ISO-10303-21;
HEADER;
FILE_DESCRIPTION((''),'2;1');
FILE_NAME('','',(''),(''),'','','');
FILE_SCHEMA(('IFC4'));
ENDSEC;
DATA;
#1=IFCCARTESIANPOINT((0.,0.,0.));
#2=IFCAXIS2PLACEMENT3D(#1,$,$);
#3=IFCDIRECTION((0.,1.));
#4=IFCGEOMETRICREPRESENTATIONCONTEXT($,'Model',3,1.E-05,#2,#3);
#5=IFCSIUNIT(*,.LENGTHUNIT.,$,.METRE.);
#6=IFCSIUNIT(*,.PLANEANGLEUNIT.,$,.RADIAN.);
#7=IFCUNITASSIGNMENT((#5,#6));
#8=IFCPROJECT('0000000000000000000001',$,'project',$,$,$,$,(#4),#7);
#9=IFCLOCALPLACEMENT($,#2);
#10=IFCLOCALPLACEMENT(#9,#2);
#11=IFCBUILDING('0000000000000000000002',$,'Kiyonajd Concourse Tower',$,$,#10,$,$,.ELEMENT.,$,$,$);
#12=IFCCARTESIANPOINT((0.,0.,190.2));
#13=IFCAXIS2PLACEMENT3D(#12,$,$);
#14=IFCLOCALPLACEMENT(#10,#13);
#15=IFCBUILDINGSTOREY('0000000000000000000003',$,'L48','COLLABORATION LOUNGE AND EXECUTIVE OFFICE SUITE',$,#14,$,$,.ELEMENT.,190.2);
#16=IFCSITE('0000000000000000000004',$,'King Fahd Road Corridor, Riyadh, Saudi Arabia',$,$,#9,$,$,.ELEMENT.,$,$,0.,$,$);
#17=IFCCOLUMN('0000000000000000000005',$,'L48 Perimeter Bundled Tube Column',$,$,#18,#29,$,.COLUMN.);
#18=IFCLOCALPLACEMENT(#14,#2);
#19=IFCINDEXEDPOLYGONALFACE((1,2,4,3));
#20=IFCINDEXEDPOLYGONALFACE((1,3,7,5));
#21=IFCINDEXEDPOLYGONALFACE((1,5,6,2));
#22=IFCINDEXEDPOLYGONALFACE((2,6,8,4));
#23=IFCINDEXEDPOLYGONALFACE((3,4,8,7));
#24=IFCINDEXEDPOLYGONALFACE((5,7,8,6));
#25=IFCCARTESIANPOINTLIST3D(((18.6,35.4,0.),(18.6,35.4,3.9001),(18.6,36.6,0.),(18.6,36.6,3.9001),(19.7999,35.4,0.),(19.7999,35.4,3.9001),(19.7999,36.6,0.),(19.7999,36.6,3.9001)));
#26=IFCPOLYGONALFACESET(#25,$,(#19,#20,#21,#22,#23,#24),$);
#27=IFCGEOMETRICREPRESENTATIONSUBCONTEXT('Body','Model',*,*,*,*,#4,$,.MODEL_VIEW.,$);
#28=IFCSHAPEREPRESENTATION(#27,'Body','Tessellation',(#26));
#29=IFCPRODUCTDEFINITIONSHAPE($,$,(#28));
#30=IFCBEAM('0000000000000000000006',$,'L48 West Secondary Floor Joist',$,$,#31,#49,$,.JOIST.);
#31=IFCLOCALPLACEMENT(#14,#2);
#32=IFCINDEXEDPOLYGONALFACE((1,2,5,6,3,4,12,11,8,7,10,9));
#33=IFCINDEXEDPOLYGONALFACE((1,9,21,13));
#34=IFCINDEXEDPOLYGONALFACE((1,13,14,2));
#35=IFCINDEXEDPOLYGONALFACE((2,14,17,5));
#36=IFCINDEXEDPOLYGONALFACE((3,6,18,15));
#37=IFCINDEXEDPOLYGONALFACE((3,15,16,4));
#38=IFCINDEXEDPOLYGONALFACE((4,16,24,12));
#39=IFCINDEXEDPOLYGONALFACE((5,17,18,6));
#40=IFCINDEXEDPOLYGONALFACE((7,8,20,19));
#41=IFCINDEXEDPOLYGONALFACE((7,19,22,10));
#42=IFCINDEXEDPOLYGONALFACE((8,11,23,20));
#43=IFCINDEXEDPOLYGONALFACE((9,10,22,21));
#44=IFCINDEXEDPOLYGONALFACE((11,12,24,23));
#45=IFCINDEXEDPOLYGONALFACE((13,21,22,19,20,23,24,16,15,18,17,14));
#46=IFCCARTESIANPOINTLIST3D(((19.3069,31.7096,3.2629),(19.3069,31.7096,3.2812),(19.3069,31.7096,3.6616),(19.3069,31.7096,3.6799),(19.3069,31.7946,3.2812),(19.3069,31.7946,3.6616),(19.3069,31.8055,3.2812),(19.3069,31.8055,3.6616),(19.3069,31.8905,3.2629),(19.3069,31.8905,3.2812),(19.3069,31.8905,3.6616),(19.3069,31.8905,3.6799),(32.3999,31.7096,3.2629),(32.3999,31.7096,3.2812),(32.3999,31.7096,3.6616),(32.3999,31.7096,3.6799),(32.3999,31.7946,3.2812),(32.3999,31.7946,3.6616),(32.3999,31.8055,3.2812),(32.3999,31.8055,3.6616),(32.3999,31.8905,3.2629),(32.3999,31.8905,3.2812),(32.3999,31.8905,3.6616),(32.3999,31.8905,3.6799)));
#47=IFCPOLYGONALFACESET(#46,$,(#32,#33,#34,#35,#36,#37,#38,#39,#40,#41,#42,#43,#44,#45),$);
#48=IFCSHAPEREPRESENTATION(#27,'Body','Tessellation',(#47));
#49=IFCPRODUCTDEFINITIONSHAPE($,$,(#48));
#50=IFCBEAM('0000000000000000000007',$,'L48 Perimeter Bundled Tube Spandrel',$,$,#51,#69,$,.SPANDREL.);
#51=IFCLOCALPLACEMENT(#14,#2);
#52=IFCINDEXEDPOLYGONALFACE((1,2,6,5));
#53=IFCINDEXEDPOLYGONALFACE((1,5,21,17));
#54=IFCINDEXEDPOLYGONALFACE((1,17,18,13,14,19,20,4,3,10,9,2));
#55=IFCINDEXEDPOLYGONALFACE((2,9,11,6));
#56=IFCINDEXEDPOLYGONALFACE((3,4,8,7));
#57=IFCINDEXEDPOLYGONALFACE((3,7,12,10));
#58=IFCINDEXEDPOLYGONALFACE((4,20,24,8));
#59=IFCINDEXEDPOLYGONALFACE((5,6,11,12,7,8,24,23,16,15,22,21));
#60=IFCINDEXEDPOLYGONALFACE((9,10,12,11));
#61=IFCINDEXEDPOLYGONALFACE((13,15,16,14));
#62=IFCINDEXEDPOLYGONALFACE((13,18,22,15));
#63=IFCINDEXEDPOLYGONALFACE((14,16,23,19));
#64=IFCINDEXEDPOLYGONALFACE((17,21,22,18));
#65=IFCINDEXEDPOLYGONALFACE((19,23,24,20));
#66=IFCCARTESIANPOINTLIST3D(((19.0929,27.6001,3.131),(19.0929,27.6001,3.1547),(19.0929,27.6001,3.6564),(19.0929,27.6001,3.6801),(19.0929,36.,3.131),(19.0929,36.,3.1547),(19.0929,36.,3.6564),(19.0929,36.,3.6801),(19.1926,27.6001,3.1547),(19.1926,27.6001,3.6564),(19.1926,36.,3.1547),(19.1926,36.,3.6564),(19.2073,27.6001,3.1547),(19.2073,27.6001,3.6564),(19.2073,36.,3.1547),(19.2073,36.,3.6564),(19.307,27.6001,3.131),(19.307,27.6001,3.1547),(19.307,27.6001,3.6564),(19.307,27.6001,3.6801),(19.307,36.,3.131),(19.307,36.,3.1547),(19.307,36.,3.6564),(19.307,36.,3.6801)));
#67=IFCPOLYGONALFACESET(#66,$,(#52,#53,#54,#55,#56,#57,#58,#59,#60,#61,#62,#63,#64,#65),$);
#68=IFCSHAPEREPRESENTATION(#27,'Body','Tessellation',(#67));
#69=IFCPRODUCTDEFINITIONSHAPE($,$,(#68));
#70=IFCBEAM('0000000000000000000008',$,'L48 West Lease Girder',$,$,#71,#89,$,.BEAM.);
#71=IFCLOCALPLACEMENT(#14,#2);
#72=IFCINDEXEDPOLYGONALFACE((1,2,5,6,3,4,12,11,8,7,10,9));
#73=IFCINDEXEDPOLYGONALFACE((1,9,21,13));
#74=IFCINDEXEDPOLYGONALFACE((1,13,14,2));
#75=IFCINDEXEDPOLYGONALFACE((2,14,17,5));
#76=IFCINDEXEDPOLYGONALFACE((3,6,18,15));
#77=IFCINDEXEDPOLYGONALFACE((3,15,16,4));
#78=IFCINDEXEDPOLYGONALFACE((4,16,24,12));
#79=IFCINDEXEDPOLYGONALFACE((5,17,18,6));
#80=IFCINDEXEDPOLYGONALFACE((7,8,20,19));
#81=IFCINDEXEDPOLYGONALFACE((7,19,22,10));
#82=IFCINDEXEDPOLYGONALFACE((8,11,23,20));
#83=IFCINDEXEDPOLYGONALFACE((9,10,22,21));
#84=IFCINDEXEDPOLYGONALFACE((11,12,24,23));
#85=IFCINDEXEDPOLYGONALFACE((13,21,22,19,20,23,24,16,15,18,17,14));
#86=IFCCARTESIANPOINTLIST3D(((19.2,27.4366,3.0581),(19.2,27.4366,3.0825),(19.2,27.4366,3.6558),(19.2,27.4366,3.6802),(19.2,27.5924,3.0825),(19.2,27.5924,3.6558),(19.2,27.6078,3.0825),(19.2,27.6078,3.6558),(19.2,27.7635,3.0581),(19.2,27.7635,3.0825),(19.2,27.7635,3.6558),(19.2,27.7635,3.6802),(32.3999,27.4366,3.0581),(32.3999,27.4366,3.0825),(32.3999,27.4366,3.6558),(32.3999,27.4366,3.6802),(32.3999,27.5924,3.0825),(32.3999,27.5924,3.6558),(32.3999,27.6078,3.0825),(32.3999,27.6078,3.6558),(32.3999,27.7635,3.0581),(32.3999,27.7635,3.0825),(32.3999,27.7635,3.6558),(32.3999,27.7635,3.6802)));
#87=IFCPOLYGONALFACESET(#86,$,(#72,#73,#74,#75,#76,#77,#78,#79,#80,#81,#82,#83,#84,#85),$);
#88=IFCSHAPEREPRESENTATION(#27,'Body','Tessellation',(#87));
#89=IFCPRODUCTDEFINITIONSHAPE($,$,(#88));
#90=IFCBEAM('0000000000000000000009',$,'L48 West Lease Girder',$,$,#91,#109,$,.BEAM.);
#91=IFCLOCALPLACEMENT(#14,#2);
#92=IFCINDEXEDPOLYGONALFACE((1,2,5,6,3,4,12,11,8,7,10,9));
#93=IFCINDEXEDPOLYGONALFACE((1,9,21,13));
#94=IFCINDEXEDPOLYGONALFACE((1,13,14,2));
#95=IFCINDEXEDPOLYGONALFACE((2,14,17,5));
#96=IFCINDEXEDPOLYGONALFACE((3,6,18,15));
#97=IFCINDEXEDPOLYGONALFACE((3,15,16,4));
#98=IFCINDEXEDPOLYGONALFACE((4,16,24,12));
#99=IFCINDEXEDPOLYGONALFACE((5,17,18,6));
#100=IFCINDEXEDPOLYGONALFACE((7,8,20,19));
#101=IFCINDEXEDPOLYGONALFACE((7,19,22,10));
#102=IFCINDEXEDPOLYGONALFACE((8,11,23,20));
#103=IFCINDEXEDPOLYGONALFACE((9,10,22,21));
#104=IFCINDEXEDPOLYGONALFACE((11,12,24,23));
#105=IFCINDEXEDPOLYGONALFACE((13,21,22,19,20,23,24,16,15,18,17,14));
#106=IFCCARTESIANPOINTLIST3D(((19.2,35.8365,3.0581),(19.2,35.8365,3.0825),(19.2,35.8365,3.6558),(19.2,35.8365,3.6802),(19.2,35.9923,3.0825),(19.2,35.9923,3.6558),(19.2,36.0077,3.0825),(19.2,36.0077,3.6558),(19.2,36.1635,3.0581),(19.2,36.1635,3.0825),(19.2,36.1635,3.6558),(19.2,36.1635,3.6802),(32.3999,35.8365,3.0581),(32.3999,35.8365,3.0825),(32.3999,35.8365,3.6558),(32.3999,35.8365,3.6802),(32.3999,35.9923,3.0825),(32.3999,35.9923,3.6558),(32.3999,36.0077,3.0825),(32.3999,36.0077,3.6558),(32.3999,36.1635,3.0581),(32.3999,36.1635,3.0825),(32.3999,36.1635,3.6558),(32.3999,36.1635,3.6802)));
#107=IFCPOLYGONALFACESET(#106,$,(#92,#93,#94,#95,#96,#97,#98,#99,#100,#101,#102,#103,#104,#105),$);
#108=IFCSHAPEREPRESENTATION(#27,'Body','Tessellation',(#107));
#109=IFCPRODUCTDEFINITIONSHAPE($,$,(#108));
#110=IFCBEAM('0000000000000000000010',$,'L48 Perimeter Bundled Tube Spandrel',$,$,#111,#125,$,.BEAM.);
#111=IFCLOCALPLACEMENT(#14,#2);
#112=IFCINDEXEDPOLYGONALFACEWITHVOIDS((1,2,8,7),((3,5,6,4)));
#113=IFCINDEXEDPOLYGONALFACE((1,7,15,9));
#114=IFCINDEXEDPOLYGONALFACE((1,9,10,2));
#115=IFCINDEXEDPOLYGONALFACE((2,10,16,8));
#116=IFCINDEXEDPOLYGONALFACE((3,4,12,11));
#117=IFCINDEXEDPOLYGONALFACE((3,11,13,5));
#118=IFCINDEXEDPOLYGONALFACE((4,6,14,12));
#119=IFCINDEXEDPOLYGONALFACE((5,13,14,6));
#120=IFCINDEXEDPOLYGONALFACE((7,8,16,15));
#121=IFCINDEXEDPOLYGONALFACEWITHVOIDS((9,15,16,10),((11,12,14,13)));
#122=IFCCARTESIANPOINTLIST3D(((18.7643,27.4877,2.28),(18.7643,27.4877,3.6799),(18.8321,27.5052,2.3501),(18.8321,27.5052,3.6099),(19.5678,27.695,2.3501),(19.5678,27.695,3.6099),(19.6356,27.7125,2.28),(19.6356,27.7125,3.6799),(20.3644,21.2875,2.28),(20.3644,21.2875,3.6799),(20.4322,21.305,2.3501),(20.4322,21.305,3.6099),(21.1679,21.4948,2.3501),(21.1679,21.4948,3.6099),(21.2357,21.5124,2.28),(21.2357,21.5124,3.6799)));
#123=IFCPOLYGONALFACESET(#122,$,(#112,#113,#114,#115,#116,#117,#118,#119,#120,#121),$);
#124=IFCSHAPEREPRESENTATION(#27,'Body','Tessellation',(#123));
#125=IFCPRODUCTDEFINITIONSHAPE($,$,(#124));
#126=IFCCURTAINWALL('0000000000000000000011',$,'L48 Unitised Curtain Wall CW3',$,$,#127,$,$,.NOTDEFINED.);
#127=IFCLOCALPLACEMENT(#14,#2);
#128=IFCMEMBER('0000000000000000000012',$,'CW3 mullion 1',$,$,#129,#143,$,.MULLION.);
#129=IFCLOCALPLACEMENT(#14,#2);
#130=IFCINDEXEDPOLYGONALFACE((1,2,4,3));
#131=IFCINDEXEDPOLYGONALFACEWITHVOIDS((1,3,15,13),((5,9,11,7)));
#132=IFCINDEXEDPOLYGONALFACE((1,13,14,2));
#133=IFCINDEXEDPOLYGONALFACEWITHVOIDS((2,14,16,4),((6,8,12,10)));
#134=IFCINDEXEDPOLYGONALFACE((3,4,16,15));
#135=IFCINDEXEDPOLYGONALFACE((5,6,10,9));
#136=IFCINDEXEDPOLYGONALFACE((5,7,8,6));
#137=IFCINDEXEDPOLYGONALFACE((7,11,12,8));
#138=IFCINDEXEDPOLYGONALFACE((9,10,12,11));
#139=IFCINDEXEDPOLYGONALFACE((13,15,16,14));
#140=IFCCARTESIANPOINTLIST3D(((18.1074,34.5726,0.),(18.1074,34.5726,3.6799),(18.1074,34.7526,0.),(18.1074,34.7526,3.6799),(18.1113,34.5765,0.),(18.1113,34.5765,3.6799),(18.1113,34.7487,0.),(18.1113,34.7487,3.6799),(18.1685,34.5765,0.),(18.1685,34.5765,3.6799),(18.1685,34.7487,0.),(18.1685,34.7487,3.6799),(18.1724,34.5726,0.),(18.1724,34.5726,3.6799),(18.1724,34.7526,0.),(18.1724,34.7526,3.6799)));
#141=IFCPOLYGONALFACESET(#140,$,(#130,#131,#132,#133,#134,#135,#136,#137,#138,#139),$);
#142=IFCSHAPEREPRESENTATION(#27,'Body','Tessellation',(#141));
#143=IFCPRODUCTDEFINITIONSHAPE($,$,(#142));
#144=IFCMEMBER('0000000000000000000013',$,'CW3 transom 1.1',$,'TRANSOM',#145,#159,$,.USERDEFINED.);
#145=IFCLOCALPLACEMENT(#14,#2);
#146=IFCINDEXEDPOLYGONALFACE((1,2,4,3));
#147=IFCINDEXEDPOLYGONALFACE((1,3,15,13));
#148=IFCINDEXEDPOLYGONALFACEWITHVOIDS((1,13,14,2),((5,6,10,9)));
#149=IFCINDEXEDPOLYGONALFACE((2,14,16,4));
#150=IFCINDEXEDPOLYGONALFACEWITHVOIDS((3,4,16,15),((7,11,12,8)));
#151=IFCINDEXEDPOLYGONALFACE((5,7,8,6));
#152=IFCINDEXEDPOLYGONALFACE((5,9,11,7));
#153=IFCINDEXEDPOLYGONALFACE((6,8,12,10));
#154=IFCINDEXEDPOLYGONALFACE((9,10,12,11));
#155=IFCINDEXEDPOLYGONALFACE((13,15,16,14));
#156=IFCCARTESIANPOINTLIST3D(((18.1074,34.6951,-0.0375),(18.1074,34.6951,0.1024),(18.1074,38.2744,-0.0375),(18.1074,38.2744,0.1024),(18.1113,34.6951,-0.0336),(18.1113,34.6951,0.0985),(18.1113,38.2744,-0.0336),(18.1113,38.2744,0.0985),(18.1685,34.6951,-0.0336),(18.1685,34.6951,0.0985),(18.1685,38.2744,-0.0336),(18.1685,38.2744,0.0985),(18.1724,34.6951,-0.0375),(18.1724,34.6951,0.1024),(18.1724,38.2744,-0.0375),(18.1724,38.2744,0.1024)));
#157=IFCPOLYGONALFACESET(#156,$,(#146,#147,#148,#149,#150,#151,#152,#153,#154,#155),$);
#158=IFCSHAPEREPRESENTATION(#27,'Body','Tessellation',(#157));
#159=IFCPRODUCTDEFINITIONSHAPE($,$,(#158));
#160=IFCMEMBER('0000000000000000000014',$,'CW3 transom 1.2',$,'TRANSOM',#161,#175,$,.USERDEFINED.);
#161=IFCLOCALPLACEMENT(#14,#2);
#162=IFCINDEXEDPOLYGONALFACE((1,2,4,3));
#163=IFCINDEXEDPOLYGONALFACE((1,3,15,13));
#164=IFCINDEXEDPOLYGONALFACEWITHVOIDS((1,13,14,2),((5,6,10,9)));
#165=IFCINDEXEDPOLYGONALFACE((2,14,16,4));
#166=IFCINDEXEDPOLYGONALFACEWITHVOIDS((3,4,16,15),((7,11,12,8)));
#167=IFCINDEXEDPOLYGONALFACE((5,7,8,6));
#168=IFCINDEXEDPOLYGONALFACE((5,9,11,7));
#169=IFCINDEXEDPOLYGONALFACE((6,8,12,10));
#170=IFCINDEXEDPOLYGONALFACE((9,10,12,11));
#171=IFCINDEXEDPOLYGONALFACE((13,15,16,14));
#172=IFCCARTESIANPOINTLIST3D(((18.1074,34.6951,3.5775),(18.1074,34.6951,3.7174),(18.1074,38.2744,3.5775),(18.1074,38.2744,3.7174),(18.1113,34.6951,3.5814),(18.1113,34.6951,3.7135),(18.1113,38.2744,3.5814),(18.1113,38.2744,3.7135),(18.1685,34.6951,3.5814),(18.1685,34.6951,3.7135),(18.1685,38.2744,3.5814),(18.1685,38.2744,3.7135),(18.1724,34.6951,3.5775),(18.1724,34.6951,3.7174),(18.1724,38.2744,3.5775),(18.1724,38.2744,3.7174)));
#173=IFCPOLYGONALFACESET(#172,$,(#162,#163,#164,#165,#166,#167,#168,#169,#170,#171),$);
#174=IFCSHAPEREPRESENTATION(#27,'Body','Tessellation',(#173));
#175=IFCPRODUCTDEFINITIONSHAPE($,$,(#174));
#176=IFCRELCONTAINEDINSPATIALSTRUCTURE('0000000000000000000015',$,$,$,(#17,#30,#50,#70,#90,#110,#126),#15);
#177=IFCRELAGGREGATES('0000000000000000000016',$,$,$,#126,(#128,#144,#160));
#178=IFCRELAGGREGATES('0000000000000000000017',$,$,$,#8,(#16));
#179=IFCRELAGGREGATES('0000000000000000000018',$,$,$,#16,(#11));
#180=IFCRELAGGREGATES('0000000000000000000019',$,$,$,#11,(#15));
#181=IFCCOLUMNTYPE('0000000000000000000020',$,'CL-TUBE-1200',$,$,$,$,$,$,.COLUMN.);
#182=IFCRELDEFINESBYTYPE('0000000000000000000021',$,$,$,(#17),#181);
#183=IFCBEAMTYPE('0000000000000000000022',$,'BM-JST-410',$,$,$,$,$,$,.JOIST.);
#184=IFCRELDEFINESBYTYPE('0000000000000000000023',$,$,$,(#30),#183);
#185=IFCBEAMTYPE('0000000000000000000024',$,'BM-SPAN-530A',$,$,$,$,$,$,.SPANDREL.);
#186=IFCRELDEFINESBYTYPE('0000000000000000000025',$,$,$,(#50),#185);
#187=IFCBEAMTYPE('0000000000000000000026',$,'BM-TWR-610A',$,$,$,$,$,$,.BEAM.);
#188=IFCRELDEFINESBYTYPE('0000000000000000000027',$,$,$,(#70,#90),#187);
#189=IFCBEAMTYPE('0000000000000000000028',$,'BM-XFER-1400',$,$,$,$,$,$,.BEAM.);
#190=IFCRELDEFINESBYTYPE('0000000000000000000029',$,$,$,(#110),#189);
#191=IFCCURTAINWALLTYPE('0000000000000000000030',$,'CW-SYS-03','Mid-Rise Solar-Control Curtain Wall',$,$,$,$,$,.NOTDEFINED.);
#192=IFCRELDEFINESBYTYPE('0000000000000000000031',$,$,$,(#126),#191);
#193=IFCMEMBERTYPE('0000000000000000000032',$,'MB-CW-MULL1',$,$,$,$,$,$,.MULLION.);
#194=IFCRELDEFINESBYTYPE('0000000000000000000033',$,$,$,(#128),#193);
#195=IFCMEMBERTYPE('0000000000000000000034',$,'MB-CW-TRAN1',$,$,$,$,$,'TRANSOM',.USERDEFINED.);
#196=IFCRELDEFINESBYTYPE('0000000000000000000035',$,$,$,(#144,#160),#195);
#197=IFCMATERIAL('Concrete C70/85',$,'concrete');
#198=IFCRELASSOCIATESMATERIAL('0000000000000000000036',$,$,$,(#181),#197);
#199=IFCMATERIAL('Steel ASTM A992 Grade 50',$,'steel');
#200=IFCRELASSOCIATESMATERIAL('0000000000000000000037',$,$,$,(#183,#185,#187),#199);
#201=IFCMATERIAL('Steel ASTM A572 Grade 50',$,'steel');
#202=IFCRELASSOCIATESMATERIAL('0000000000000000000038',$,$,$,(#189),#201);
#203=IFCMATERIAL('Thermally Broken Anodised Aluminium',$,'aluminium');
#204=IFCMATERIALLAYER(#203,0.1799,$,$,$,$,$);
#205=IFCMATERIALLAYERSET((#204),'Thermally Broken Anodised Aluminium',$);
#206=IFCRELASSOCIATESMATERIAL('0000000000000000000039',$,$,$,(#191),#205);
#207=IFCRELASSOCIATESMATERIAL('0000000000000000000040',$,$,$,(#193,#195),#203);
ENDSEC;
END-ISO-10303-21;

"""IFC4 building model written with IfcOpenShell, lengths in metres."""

from ifc_helpers import new_model, si_unit, direction, frame, origin, origin_2d, place, context, subcontext, project, spatial, rectangle, hollow_rectangle, i_section, extrude, material, layer, layer_set, material_profile, profile_set, type_object, element, aggregate, save


model = new_model("IFC4")

# Units and contexts
model_context = context("Model", 3, precision=1e-05, world=origin(), true_north=direction((0.0, 1.0)))
body_context = subcontext(model_context, "Body", "Model", "MODEL_VIEW")
ifc_project = project(units=[si_unit("LENGTHUNIT", "METRE"), si_unit("PLANEANGLEUNIT", "RADIAN")], contexts=[model_context])

# Site, building, storey
site_placement = place(None, origin())
site = spatial("IfcSite", under=ifc_project, at=site_placement, Name="King Fahd Road Corridor, Riyadh, Saudi Arabia", CompositionType="ELEMENT", RefElevation=0.0)
building_placement = place(site_placement, origin())
building = spatial("IfcBuilding", under=site, at=building_placement, Name="Kiyonajd Concourse Tower", CompositionType="ELEMENT")
storey_placement = place(building_placement, frame((0.0, 0.0, 190.2)))
storey = spatial("IfcBuildingStorey", under=building, at=storey_placement, Name="L48", Description="COLLABORATION LOUNGE AND EXECUTIVE OFFICE SUITE", CompositionType="ELEMENT", Elevation=190.2)

# Column
ifc_material_1 = material(Name="Concrete C70/85", Category="concrete")
ifc_material_profile_1 = material_profile(ifc_material_1, rectangle(XDim=1.2, YDim=1.2, at=origin_2d()), Name="RC-1200x1200")
ifc_profile_set_1 = profile_set([ifc_material_profile_1], Name="Concrete C70/85")
column_type = type_object("IfcColumnType", Name="CL-TUBE-1200", PredefinedType="COLUMN", material=ifc_profile_set_1)
column_placement = place(storey_placement, frame((19.2, 36.0, 0.0), z_axis=(0.0, 0.0, 1.0), x_axis=(1.0, 0.0, 0.0)))
element("IfcColumn", 1, at=column_placement, inside=storey, type_object=column_type, Name="L48 Perimeter Bundled Tube Column", PredefinedType="COLUMN", context=body_context, shape_type="SweptSolid", body=[
    extrude(rectangle(XDim=1.2, YDim=1.2, at=origin_2d()), origin(), (0.0, 0.0, 1.0), 3.9001),
])

# Beams
ifc_material_2 = material(Name="Steel ASTM A992 Grade 50", Category="steel")
ifc_material_profile_2 = material_profile(ifc_material_2, i_section(OverallWidth=0.1809, OverallDepth=0.417, WebThickness=0.011, FlangeThickness=0.0183, at=origin_2d()), Name="W410X85")
ifc_profile_set_2 = profile_set([ifc_material_profile_2], Name="Steel ASTM A992 Grade 50")
beam_type_1 = type_object("IfcBeamType", Name="BM-JST-410", PredefinedType="JOIST", material=ifc_profile_set_2)
beam_1_placement = place(storey_placement, frame((19.3069, 31.8, 3.4714), z_axis=(1.0, 0.0, 0.0), x_axis=(0.0, 1.0, 0.0)))
element("IfcBeam", 2, at=beam_1_placement, inside=storey, type_object=beam_type_1, Name="L48 West Secondary Floor Joist", PredefinedType="JOIST", context=body_context, shape_type="SweptSolid", body=[
    extrude(i_section(OverallWidth=0.1809, OverallDepth=0.417, WebThickness=0.011, FlangeThickness=0.0183, at=origin_2d()), origin(), (0.0, 0.0, 1.0), 13.093),
])
ifc_material_profile_3 = material_profile(ifc_material_2, i_section(OverallWidth=0.2141, OverallDepth=0.5491, WebThickness=0.0146, FlangeThickness=0.0237, at=origin_2d()), Name="W530X138")
ifc_profile_set_3 = profile_set([ifc_material_profile_3], Name="Steel ASTM A992 Grade 50")
beam_type_2 = type_object("IfcBeamType", Name="BM-SPAN-530A", PredefinedType="SPANDREL", material=ifc_profile_set_3)
beam_2_placement = place(storey_placement, frame((19.2, 36.0, 3.4055), z_axis=(0.0, -1.0, 0.0), x_axis=(1.0, 0.0, 0.0)))
element("IfcBeam", 3, at=beam_2_placement, inside=storey, type_object=beam_type_2, Name="L48 Perimeter Bundled Tube Spandrel", PredefinedType="SPANDREL", context=body_context, shape_type="SweptSolid", body=[
    extrude(i_section(OverallWidth=0.2141, OverallDepth=0.5491, WebThickness=0.0146, FlangeThickness=0.0237, at=origin_2d()), origin(), (0.0, 0.0, 1.0), 8.3999),
])
ifc_material_profile_4 = material_profile(ifc_material_2, i_section(OverallWidth=0.3269, OverallDepth=0.6221, WebThickness=0.0154, FlangeThickness=0.0244, at=origin_2d()), Name="W610X195")
ifc_profile_set_4 = profile_set([ifc_material_profile_4], Name="Steel ASTM A992 Grade 50")
beam_type_3 = type_object("IfcBeamType", Name="BM-TWR-610A", PredefinedType="BEAM", material=ifc_profile_set_4)
for number, where, z_axis, x_axis, name in (
    (4, (19.2, 27.6001, 3.3691), (1.0, 0.0, 0.0), (0.0, 1.0, 0.0), "L48 West Lease Girder"),
    (5, (19.2, 36.0, 3.3691), (1.0, 0.0, 0.0), (0.0, 1.0, 0.0), "L48 West Lease Girder"),
):
    element("IfcBeam", number, at=place(storey_placement, frame(where, z_axis=z_axis, x_axis=x_axis)), inside=storey, type_object=beam_type_3, Name=name, PredefinedType="BEAM", context=body_context, shape_type="SweptSolid", body=[
        extrude(i_section(OverallWidth=0.3269, OverallDepth=0.6221, WebThickness=0.0154, FlangeThickness=0.0244, at=origin_2d()), origin(), (0.0, 0.0, 1.0), 13.2),
    ])
ifc_material_3 = material(Name="Steel ASTM A572 Grade 50", Category="steel")
ifc_material_profile_5 = material_profile(ifc_material_3, hollow_rectangle(XDim=0.8999, YDim=1.3999, WallThickness=0.0701, at=origin_2d()), Name="BOX-1400x900x70")
ifc_profile_set_5 = profile_set([ifc_material_profile_5], Name="Steel ASTM A572 Grade 50")
beam_type_4 = type_object("IfcBeamType", Name="BM-XFER-1400", PredefinedType="BEAM", material=ifc_profile_set_5)
beam_3_placement = place(storey_placement, frame((19.2, 27.6001, 2.98), z_axis=(0.249885, -0.968276, 0.0), x_axis=(0.968276, 0.249885, 0.0)))
element("IfcBeam", 6, at=beam_3_placement, inside=storey, type_object=beam_type_4, Name="L48 Perimeter Bundled Tube Spandrel", PredefinedType="BEAM", context=body_context, shape_type="SweptSolid", body=[
    extrude(hollow_rectangle(XDim=0.8999, YDim=1.3999, WallThickness=0.0701, at=origin_2d()), origin(), (0.0, 0.0, 1.0), 6.4033),
])

# Curtain wall, members
ifc_material_4 = material(Name="Thermally Broken Anodised Aluminium", Category="aluminium")
ifc_layer_1 = layer(ifc_material_4, 0.1799)
ifc_layer_set_1 = layer_set([ifc_layer_1], Name="Thermally Broken Anodised Aluminium")
curtain_wall_type = type_object("IfcCurtainWallType", Name="CW-SYS-03", Description="Mid-Rise Solar-Control Curtain Wall", PredefinedType="NOTDEFINED", material=ifc_layer_set_1)
curtain_wall_placement = place(storey_placement, origin())
curtain_wall = element("IfcCurtainWall", 7, at=curtain_wall_placement, inside=storey, type_object=curtain_wall_type, Name="L48 Unitised Curtain Wall CW3", PredefinedType="NOTDEFINED")
ifc_material_profile_6 = material_profile(ifc_material_4, hollow_rectangle(XDim=0.0649, YDim=0.1799, WallThickness=0.0039, at=origin_2d()), Name="MULL-65x180")
ifc_profile_set_6 = profile_set([ifc_material_profile_6], Name="Thermally Broken Anodised Aluminium")
member_type_1 = type_object("IfcMemberType", Name="MB-CW-MULL1", PredefinedType="MULLION", material=ifc_profile_set_6)
member_1_placement = place(storey_placement, frame((18.1399, 34.6626, 0.0), z_axis=(0.0, 0.0, 1.0), x_axis=(-1.0, 0.0, 0.0)))
member_1 = element("IfcMember", 8, at=member_1_placement, type_object=member_type_1, Name="CW3 mullion 1", PredefinedType="MULLION", context=body_context, shape_type="SweptSolid", body=[
    extrude(hollow_rectangle(XDim=0.0649, YDim=0.1799, WallThickness=0.0039, at=origin_2d()), origin(), (0.0, 0.0, 1.0), 3.6799),
])
ifc_material_profile_7 = material_profile(ifc_material_4, hollow_rectangle(XDim=0.0649, YDim=0.1399, WallThickness=0.0039, at=origin_2d()), Name="TRAN-65x140")
ifc_profile_set_7 = profile_set([ifc_material_profile_7], Name="Thermally Broken Anodised Aluminium")
member_type_2 = type_object("IfcMemberType", Name="MB-CW-TRAN1", ElementType="TRANSOM", PredefinedType="USERDEFINED", material=ifc_profile_set_7)
member_2_placement = place(storey_placement, frame((18.1399, 34.6951, 0.0325), z_axis=(0.0, 1.0, 0.0), x_axis=(-1.0, 0.0, 0.0)))
member_2 = element("IfcMember", 9, at=member_2_placement, type_object=member_type_2, Name="CW3 transom 1.1", ObjectType="TRANSOM", PredefinedType="USERDEFINED", context=body_context, shape_type="SweptSolid", body=[
    extrude(hollow_rectangle(XDim=0.0649, YDim=0.1399, WallThickness=0.0039, at=origin_2d()), origin(), (0.0, 0.0, 1.0), 3.5793),
])
member_3_placement = place(storey_placement, frame((18.1399, 34.6951, 3.6475), z_axis=(0.0, 1.0, 0.0), x_axis=(-1.0, 0.0, 0.0)))
member_3 = element("IfcMember", 10, at=member_3_placement, type_object=member_type_2, Name="CW3 transom 1.2", ObjectType="TRANSOM", PredefinedType="USERDEFINED", context=body_context, shape_type="SweptSolid", body=[
    extrude(hollow_rectangle(XDim=0.0649, YDim=0.1399, WallThickness=0.0039, at=origin_2d()), origin(), (0.0, 0.0, 1.0), 3.5793),
])

aggregate(curtain_wall, [member_1, member_2, member_3])

save(model, "model.ifc")
